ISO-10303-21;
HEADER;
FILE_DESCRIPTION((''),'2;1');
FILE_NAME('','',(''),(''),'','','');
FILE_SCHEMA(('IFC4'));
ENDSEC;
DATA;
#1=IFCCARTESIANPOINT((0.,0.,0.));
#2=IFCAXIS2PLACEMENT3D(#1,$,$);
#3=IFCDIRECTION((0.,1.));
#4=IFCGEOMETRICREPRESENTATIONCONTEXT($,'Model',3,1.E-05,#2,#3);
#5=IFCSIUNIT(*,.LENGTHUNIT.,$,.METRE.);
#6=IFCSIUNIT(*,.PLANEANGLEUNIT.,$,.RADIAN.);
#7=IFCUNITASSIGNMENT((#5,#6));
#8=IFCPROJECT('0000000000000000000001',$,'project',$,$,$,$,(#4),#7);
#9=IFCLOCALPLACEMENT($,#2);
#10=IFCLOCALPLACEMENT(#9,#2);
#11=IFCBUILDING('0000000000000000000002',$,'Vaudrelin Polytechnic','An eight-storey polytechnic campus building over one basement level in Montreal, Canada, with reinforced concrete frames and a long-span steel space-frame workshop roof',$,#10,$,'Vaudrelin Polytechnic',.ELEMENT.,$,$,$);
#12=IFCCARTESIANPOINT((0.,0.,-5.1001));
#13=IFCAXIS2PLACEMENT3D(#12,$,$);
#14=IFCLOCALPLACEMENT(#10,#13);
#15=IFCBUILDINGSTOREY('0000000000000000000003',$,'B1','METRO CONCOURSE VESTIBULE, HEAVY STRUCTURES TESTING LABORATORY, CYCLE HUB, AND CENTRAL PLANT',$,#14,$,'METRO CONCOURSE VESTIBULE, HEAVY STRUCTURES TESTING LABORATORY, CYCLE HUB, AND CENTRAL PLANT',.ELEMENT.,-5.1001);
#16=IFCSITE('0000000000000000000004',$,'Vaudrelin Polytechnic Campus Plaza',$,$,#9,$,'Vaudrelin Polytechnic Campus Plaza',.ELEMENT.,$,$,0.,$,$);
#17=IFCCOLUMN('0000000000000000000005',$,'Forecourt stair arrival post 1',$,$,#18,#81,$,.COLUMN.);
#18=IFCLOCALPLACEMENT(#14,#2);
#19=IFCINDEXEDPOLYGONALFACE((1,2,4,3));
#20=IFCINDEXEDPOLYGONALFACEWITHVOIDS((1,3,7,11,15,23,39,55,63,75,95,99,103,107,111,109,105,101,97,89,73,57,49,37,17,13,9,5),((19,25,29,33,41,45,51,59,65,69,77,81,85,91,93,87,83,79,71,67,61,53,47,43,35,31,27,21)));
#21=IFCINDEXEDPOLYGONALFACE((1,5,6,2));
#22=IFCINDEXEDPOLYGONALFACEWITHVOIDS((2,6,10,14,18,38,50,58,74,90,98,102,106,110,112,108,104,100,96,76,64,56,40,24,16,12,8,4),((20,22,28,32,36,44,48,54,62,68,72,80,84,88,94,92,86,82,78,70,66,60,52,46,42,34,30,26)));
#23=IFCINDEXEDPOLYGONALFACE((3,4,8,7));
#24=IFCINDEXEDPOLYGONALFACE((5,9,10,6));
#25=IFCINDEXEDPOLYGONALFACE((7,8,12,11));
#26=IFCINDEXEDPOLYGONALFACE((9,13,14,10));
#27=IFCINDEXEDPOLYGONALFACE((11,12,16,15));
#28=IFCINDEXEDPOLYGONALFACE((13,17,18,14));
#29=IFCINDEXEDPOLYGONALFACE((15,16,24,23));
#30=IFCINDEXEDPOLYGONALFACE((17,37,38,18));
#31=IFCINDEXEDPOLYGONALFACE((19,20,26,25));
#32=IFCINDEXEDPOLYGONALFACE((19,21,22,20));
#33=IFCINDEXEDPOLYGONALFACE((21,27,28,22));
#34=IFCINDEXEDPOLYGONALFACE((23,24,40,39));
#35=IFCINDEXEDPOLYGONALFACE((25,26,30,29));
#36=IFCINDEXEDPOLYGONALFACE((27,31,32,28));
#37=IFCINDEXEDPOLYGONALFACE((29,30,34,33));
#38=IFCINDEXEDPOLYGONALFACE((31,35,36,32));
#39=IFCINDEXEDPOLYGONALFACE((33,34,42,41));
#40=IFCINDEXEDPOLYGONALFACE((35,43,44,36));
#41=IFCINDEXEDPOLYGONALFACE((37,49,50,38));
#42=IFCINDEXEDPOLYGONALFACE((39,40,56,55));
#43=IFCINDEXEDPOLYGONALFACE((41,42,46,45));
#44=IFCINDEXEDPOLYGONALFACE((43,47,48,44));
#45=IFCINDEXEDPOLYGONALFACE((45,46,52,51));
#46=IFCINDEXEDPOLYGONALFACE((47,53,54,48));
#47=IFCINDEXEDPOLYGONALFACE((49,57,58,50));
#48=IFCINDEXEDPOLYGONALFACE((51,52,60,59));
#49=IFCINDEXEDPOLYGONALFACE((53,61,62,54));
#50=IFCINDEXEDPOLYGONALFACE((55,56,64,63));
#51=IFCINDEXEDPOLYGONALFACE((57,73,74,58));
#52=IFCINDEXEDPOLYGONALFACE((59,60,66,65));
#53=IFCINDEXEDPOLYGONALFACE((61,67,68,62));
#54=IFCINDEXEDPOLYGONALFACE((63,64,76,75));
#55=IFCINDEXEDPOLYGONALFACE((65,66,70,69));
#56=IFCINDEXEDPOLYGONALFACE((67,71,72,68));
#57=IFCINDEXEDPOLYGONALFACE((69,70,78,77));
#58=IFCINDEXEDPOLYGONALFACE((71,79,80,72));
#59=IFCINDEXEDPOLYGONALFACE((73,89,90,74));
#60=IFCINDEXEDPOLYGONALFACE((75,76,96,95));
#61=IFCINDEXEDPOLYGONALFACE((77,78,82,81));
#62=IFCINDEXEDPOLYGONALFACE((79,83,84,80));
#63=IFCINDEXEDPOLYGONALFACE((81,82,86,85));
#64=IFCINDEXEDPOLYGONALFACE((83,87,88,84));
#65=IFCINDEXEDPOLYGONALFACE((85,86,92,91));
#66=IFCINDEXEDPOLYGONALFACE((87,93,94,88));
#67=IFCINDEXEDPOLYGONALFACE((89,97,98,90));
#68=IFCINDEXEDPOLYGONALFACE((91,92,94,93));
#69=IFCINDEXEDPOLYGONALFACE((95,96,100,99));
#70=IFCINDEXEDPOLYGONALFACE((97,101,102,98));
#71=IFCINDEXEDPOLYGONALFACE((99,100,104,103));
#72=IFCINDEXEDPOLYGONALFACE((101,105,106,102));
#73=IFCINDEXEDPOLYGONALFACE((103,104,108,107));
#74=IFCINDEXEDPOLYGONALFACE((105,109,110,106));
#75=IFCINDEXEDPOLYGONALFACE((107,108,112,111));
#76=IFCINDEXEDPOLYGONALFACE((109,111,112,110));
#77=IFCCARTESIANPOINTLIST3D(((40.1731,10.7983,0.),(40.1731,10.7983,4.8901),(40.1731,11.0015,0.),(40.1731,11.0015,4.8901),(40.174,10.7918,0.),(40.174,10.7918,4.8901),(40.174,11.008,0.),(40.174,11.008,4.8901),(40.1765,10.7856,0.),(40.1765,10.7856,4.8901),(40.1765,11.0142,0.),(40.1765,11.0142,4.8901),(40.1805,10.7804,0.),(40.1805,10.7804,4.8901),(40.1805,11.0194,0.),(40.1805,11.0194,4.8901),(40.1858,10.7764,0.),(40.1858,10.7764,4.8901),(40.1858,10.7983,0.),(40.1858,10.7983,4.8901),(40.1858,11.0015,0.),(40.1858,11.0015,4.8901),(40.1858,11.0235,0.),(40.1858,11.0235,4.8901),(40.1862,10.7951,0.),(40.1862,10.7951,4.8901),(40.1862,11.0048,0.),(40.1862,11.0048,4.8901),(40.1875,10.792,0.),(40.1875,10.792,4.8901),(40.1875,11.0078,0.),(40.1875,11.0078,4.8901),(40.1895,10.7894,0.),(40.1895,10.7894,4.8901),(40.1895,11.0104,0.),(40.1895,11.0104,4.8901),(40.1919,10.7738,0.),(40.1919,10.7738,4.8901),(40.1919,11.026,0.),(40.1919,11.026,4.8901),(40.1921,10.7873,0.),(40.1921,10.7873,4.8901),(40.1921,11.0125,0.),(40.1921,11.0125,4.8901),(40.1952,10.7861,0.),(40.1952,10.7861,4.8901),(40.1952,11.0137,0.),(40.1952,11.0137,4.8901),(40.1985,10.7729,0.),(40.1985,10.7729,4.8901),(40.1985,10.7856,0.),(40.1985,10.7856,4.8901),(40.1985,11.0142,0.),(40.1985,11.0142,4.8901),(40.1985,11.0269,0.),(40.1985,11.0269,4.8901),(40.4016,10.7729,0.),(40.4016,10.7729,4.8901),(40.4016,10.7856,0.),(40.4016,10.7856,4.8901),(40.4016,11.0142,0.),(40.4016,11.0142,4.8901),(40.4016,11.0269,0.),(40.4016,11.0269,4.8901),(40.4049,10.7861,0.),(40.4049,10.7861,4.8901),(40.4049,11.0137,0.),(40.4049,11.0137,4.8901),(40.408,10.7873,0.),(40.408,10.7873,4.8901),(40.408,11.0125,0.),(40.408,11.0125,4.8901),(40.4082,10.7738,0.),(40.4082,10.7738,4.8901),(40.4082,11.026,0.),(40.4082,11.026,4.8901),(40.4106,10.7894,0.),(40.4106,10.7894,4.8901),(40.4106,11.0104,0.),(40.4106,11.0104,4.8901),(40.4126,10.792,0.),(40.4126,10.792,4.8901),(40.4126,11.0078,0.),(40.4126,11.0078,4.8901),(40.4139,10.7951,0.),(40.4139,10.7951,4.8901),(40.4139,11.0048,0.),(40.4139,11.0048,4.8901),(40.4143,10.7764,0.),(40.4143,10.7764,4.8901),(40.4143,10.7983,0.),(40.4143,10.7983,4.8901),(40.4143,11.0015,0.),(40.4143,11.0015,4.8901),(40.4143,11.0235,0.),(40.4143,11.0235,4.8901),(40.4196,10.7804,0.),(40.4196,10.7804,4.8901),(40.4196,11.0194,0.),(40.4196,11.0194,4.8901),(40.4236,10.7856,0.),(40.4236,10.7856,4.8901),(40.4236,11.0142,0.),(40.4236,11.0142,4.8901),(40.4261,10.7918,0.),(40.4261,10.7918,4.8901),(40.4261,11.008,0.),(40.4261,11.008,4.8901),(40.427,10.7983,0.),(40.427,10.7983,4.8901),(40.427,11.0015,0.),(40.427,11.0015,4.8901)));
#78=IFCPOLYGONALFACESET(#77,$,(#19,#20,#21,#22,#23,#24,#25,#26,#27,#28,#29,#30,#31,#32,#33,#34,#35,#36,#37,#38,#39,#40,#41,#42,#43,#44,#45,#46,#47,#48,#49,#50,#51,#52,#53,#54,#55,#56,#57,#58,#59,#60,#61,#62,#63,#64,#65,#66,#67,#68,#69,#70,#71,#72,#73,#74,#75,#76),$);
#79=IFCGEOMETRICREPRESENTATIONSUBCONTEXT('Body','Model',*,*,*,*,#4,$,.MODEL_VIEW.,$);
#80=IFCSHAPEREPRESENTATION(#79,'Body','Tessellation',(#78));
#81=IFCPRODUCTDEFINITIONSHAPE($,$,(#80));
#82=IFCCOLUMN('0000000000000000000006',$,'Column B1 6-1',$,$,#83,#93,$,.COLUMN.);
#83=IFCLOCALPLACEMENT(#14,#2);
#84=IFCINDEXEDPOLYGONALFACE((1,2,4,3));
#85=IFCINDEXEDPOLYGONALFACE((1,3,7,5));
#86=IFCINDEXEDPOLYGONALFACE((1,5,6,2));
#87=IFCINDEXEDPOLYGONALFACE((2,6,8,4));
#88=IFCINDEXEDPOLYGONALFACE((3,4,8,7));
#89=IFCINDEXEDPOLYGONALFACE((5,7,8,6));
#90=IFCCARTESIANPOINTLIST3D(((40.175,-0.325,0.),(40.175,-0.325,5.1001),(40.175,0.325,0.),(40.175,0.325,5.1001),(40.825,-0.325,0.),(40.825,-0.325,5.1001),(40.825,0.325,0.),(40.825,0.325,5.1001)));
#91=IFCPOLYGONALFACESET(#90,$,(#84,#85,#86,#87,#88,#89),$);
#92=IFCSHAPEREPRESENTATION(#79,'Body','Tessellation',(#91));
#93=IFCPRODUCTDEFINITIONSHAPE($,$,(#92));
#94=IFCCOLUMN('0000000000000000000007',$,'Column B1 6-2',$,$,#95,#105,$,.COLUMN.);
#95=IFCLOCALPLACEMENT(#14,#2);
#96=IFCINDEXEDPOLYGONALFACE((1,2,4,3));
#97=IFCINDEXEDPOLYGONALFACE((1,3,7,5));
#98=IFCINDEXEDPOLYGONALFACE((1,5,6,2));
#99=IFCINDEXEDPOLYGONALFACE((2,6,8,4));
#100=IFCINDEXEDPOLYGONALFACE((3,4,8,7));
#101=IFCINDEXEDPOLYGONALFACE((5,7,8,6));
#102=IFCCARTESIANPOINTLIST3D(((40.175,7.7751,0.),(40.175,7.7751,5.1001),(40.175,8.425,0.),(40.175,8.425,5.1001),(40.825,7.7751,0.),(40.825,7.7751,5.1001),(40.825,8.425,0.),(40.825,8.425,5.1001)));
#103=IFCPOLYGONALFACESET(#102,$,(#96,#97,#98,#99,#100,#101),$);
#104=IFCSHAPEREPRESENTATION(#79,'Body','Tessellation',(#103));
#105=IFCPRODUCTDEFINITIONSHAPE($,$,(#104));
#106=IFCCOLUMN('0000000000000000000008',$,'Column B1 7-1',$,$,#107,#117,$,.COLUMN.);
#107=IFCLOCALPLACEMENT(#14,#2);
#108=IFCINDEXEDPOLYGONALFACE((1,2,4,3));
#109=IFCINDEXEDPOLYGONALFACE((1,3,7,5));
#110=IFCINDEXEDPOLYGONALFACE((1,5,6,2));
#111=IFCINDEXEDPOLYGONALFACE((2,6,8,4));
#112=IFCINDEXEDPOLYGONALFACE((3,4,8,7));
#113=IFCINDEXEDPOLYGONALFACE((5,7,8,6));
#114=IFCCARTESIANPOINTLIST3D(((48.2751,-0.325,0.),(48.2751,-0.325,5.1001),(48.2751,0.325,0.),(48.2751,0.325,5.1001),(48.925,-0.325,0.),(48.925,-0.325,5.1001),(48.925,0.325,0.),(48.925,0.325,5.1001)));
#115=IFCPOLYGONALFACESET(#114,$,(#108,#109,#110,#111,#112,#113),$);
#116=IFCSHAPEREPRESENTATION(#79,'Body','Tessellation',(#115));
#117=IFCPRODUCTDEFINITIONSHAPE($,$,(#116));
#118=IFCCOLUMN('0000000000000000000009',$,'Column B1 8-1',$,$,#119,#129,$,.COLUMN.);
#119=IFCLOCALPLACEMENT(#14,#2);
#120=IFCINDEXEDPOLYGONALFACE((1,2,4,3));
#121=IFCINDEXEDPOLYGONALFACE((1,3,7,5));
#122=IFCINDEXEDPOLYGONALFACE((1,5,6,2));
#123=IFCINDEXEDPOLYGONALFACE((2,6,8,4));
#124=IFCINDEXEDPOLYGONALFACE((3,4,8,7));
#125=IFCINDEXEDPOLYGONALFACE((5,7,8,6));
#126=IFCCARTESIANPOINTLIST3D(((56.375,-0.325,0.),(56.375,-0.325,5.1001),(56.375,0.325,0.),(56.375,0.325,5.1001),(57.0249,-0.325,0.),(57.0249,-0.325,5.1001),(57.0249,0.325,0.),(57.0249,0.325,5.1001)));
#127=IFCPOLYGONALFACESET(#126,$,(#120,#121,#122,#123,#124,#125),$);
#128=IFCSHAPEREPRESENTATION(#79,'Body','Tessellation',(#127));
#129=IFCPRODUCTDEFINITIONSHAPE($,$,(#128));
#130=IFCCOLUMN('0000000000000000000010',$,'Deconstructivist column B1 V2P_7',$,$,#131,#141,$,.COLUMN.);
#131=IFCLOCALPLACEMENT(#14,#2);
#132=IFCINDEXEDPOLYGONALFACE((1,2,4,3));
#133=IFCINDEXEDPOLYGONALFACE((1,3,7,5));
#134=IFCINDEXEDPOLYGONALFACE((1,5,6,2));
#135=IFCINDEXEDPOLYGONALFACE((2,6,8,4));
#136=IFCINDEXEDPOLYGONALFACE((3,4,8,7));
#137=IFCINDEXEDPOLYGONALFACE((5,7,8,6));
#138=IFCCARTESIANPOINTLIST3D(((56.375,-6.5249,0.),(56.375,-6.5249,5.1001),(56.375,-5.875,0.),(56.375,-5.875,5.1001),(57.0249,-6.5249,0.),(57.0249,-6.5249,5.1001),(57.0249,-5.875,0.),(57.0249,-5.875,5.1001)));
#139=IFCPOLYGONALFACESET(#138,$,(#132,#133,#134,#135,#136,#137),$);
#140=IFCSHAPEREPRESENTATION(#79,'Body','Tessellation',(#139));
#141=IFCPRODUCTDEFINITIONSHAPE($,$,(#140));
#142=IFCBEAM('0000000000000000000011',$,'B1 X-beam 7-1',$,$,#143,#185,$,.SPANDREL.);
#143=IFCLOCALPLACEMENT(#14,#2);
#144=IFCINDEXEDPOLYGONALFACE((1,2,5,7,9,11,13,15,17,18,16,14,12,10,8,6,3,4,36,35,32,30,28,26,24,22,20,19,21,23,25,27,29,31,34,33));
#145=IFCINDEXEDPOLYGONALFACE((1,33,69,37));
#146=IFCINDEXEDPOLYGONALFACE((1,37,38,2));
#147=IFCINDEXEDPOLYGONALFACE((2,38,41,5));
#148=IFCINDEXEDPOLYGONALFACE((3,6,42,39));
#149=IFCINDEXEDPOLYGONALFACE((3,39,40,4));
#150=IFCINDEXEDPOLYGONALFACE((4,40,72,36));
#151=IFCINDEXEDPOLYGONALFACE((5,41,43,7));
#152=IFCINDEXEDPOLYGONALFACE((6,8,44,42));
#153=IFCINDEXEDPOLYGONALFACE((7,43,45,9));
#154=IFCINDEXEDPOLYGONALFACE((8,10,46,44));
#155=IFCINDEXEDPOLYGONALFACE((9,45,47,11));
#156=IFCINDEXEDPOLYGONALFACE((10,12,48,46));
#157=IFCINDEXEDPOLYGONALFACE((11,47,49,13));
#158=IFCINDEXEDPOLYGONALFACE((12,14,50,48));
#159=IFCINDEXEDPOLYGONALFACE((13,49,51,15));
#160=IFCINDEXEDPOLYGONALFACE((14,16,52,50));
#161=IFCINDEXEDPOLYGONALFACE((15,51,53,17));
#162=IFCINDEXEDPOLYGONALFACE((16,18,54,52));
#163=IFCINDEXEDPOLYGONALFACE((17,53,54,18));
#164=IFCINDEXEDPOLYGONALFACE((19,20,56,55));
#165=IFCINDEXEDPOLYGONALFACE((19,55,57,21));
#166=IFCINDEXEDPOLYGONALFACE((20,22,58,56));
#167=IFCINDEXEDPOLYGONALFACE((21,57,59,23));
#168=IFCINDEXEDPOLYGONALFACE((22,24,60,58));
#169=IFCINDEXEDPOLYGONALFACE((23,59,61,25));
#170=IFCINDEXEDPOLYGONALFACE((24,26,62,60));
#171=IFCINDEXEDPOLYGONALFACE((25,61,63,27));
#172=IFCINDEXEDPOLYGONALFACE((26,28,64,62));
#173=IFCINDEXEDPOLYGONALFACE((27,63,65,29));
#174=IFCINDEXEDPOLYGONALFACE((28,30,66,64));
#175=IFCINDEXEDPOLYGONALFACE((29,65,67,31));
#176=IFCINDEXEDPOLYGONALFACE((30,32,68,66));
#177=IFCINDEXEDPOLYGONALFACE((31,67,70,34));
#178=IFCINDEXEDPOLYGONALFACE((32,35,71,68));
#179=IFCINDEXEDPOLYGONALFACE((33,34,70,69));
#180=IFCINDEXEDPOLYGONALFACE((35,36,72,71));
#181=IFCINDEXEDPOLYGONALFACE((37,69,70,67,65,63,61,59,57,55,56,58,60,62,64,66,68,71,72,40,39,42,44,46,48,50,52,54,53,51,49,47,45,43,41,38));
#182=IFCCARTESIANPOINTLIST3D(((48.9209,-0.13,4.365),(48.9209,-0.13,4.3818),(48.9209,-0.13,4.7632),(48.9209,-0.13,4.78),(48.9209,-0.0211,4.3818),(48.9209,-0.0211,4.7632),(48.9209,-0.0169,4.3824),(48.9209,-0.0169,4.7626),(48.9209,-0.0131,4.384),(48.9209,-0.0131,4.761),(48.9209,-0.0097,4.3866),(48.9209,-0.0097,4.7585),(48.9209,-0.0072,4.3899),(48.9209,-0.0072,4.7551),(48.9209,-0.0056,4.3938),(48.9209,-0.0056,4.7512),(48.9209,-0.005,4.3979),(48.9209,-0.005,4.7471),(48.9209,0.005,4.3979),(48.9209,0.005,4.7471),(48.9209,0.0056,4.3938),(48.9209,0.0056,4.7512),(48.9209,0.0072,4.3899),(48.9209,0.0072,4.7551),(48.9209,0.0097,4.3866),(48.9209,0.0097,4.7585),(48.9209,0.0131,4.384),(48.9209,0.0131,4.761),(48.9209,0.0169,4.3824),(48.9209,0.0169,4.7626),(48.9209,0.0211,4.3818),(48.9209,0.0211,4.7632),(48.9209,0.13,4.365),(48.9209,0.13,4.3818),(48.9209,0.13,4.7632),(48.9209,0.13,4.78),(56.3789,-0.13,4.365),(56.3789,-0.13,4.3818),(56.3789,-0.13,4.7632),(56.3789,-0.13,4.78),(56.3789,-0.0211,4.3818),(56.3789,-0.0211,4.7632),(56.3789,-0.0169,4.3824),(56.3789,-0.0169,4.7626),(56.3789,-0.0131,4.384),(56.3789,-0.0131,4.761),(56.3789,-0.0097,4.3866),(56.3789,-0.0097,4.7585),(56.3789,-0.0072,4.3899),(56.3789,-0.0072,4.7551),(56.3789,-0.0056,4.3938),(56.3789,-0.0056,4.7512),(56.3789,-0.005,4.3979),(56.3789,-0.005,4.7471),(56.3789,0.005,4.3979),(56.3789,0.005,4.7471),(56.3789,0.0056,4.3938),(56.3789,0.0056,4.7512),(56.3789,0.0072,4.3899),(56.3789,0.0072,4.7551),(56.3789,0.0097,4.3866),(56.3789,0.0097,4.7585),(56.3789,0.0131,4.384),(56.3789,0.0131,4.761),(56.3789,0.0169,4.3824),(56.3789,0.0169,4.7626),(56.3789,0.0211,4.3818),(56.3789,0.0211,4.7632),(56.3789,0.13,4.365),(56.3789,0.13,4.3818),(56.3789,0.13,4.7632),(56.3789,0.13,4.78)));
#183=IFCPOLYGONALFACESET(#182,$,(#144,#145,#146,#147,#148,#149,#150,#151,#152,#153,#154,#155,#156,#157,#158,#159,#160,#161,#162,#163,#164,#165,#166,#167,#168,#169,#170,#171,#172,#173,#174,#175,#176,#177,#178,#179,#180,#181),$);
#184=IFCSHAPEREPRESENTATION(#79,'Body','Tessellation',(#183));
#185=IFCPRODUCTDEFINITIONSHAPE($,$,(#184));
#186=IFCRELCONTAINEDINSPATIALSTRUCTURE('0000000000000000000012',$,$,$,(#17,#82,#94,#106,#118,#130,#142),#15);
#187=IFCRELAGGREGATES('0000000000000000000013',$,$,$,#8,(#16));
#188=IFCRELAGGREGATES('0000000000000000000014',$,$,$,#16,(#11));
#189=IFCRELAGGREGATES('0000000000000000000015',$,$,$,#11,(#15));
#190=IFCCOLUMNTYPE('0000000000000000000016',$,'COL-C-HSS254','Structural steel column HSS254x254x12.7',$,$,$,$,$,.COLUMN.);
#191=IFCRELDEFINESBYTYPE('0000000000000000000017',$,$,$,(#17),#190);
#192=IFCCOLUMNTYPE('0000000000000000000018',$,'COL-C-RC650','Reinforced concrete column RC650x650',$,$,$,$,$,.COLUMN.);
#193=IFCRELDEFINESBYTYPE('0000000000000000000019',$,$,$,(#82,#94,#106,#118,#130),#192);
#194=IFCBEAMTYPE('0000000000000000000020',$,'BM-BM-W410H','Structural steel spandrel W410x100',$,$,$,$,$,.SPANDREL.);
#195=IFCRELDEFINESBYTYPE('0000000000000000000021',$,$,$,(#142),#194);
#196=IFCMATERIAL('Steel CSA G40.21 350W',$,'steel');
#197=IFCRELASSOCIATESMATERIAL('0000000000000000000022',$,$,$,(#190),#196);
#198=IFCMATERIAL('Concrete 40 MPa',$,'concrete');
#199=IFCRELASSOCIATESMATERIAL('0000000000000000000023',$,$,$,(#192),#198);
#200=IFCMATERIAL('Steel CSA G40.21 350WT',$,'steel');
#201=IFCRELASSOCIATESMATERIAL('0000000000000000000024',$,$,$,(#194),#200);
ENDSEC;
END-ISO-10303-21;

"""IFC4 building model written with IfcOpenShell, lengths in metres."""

from ifc_helpers import new_model, si_unit, direction, frame, origin, origin_2d, place, context, subcontext, project, spatial, rectangle, hollow_rectangle, i_section, extrude, material, material_profile, profile_set, type_object, element, save


model = new_model("IFC4")

# Units and contexts
model_context = context("Model", 3, precision=1e-05, world=origin(), true_north=direction((0.0, 1.0)))
body_context = subcontext(model_context, "Body", "Model", "MODEL_VIEW")
ifc_project = project(units=[si_unit("LENGTHUNIT", "METRE"), si_unit("PLANEANGLEUNIT", "RADIAN")], contexts=[model_context])

# Site, building, storey
site_placement = place(None, origin())
site = spatial("IfcSite", under=ifc_project, at=site_placement, Name="Vaudrelin Polytechnic Campus Plaza", LongName="Vaudrelin Polytechnic Campus Plaza", CompositionType="ELEMENT", RefElevation=0.0)
building_placement = place(site_placement, origin())
building = spatial("IfcBuilding", under=site, at=building_placement, Name="Vaudrelin Polytechnic", Description="An eight-storey polytechnic campus building over one basement level in Montreal, Canada, with reinforced concrete frames and a long-span steel space-frame workshop roof", LongName="Vaudrelin Polytechnic", CompositionType="ELEMENT")
storey_placement = place(building_placement, frame((0.0, 0.0, -5.1001)))
storey = spatial("IfcBuildingStorey", under=building, at=storey_placement, Name="B1", Description="METRO CONCOURSE VESTIBULE, HEAVY STRUCTURES TESTING LABORATORY, CYCLE HUB, AND CENTRAL PLANT", LongName="METRO CONCOURSE VESTIBULE, HEAVY STRUCTURES TESTING LABORATORY, CYCLE HUB, AND CENTRAL PLANT", CompositionType="ELEMENT", Elevation=-5.1001)

# Shared definitions
ifc_material_1 = material(Name="Concrete 40 MPa", Category="concrete")

# Columns
ifc_material_2 = material(Name="Steel CSA G40.21 350W", Category="steel")
ifc_material_profile_1 = material_profile(ifc_material_2, hollow_rectangle(XDim=0.2539, YDim=0.2539, WallThickness=0.0127, InnerFilletRadius=0.0127, OuterFilletRadius=0.0254, at=origin_2d()), Name="HSS254x254x12.7")
ifc_profile_set_1 = profile_set([ifc_material_profile_1], Name="Steel CSA G40.21 350W")
column_type_1 = type_object("IfcColumnType", Name="COL-C-HSS254", Description="Structural steel column HSS254x254x12.7", PredefinedType="COLUMN", material=ifc_profile_set_1)
column_1_placement = place(storey_placement, frame((40.3, 10.8999, 0.0), z_axis=(0.0, 0.0, 1.0), x_axis=(1.0, 0.0, 0.0)))
element("IfcColumn", 1, at=column_1_placement, inside=storey, type_object=column_type_1, Name="Forecourt stair arrival post 1", PredefinedType="COLUMN", context=body_context, shape_type="SweptSolid", body=[
    extrude(hollow_rectangle(XDim=0.2539, YDim=0.2539, WallThickness=0.0127, InnerFilletRadius=0.0127, OuterFilletRadius=0.0254, at=origin_2d()), origin(), (0.0, 0.0, 1.0), 4.8901),
])
ifc_material_profile_2 = material_profile(ifc_material_1, rectangle(XDim=0.6499, YDim=0.6499, at=origin_2d()), Name="RC650x650")
ifc_profile_set_2 = profile_set([ifc_material_profile_2], Name="Concrete 40 MPa")
column_type_2 = type_object("IfcColumnType", Name="COL-C-RC650", Description="Reinforced concrete column RC650x650", PredefinedType="COLUMN", material=ifc_profile_set_2)
for number, where, z_axis, x_axis, name in (
    (2, (40.5, 0.0, 0.0), (0.0, 0.0, 1.0), (1.0, 0.0, 0.0), "Column B1 6-1"),
    (3, (40.5, 8.1001, 0.0), (0.0, 0.0, 1.0), (1.0, 0.0, 0.0), "Column B1 6-2"),
    (4, (48.6001, 0.0, 0.0), (0.0, 0.0, 1.0), (1.0, 0.0, 0.0), "Column B1 7-1"),
    (5, (56.7, 0.0, 0.0), (0.0, 0.0, 1.0), (1.0, 0.0, 0.0), "Column B1 8-1"),
    (6, (56.7, -6.2, 0.0), (0.0, 0.0, 1.0), (1.0, 0.0, 0.0), "Deconstructivist column B1 V2P_7"),
):
    element("IfcColumn", number, at=place(storey_placement, frame(where, z_axis=z_axis, x_axis=x_axis)), inside=storey, type_object=column_type_2, Name=name, PredefinedType="COLUMN", context=body_context, shape_type="SweptSolid", body=[
        extrude(rectangle(XDim=0.6499, YDim=0.6499, at=origin_2d()), origin(), (0.0, 0.0, 1.0), 5.1001),
    ])

# Beam
ifc_material_3 = material(Name="Steel CSA G40.21 350WT", Category="steel")
ifc_material_profile_3 = material_profile(ifc_material_3, i_section(OverallWidth=0.26, OverallDepth=0.415, WebThickness=0.01, FlangeThickness=0.0168, FilletRadius=0.0161, at=origin_2d()), Name="W410x100")
ifc_profile_set_3 = profile_set([ifc_material_profile_3], Name="Steel CSA G40.21 350WT")
beam_type_1 = type_object("IfcBeamType", Name="BM-BM-W410H", Description="Structural steel spandrel W410x100", PredefinedType="SPANDREL", material=ifc_profile_set_3)
beam_1_placement = place(storey_placement, frame((48.9209, 0.0, 4.5725), z_axis=(1.0, 0.0, 0.0), x_axis=(0.0, 1.0, 0.0)))
element("IfcBeam", 7, at=beam_1_placement, inside=storey, type_object=beam_type_1, Name="B1 X-beam 7-1", PredefinedType="SPANDREL", context=body_context, shape_type="SweptSolid", body=[
    extrude(i_section(OverallWidth=0.26, OverallDepth=0.415, WebThickness=0.01, FlangeThickness=0.0168, FilletRadius=0.0161, at=origin_2d()), origin(), (0.0, 0.0, 1.0), 7.458),
])

save(model, "model.ifc")
